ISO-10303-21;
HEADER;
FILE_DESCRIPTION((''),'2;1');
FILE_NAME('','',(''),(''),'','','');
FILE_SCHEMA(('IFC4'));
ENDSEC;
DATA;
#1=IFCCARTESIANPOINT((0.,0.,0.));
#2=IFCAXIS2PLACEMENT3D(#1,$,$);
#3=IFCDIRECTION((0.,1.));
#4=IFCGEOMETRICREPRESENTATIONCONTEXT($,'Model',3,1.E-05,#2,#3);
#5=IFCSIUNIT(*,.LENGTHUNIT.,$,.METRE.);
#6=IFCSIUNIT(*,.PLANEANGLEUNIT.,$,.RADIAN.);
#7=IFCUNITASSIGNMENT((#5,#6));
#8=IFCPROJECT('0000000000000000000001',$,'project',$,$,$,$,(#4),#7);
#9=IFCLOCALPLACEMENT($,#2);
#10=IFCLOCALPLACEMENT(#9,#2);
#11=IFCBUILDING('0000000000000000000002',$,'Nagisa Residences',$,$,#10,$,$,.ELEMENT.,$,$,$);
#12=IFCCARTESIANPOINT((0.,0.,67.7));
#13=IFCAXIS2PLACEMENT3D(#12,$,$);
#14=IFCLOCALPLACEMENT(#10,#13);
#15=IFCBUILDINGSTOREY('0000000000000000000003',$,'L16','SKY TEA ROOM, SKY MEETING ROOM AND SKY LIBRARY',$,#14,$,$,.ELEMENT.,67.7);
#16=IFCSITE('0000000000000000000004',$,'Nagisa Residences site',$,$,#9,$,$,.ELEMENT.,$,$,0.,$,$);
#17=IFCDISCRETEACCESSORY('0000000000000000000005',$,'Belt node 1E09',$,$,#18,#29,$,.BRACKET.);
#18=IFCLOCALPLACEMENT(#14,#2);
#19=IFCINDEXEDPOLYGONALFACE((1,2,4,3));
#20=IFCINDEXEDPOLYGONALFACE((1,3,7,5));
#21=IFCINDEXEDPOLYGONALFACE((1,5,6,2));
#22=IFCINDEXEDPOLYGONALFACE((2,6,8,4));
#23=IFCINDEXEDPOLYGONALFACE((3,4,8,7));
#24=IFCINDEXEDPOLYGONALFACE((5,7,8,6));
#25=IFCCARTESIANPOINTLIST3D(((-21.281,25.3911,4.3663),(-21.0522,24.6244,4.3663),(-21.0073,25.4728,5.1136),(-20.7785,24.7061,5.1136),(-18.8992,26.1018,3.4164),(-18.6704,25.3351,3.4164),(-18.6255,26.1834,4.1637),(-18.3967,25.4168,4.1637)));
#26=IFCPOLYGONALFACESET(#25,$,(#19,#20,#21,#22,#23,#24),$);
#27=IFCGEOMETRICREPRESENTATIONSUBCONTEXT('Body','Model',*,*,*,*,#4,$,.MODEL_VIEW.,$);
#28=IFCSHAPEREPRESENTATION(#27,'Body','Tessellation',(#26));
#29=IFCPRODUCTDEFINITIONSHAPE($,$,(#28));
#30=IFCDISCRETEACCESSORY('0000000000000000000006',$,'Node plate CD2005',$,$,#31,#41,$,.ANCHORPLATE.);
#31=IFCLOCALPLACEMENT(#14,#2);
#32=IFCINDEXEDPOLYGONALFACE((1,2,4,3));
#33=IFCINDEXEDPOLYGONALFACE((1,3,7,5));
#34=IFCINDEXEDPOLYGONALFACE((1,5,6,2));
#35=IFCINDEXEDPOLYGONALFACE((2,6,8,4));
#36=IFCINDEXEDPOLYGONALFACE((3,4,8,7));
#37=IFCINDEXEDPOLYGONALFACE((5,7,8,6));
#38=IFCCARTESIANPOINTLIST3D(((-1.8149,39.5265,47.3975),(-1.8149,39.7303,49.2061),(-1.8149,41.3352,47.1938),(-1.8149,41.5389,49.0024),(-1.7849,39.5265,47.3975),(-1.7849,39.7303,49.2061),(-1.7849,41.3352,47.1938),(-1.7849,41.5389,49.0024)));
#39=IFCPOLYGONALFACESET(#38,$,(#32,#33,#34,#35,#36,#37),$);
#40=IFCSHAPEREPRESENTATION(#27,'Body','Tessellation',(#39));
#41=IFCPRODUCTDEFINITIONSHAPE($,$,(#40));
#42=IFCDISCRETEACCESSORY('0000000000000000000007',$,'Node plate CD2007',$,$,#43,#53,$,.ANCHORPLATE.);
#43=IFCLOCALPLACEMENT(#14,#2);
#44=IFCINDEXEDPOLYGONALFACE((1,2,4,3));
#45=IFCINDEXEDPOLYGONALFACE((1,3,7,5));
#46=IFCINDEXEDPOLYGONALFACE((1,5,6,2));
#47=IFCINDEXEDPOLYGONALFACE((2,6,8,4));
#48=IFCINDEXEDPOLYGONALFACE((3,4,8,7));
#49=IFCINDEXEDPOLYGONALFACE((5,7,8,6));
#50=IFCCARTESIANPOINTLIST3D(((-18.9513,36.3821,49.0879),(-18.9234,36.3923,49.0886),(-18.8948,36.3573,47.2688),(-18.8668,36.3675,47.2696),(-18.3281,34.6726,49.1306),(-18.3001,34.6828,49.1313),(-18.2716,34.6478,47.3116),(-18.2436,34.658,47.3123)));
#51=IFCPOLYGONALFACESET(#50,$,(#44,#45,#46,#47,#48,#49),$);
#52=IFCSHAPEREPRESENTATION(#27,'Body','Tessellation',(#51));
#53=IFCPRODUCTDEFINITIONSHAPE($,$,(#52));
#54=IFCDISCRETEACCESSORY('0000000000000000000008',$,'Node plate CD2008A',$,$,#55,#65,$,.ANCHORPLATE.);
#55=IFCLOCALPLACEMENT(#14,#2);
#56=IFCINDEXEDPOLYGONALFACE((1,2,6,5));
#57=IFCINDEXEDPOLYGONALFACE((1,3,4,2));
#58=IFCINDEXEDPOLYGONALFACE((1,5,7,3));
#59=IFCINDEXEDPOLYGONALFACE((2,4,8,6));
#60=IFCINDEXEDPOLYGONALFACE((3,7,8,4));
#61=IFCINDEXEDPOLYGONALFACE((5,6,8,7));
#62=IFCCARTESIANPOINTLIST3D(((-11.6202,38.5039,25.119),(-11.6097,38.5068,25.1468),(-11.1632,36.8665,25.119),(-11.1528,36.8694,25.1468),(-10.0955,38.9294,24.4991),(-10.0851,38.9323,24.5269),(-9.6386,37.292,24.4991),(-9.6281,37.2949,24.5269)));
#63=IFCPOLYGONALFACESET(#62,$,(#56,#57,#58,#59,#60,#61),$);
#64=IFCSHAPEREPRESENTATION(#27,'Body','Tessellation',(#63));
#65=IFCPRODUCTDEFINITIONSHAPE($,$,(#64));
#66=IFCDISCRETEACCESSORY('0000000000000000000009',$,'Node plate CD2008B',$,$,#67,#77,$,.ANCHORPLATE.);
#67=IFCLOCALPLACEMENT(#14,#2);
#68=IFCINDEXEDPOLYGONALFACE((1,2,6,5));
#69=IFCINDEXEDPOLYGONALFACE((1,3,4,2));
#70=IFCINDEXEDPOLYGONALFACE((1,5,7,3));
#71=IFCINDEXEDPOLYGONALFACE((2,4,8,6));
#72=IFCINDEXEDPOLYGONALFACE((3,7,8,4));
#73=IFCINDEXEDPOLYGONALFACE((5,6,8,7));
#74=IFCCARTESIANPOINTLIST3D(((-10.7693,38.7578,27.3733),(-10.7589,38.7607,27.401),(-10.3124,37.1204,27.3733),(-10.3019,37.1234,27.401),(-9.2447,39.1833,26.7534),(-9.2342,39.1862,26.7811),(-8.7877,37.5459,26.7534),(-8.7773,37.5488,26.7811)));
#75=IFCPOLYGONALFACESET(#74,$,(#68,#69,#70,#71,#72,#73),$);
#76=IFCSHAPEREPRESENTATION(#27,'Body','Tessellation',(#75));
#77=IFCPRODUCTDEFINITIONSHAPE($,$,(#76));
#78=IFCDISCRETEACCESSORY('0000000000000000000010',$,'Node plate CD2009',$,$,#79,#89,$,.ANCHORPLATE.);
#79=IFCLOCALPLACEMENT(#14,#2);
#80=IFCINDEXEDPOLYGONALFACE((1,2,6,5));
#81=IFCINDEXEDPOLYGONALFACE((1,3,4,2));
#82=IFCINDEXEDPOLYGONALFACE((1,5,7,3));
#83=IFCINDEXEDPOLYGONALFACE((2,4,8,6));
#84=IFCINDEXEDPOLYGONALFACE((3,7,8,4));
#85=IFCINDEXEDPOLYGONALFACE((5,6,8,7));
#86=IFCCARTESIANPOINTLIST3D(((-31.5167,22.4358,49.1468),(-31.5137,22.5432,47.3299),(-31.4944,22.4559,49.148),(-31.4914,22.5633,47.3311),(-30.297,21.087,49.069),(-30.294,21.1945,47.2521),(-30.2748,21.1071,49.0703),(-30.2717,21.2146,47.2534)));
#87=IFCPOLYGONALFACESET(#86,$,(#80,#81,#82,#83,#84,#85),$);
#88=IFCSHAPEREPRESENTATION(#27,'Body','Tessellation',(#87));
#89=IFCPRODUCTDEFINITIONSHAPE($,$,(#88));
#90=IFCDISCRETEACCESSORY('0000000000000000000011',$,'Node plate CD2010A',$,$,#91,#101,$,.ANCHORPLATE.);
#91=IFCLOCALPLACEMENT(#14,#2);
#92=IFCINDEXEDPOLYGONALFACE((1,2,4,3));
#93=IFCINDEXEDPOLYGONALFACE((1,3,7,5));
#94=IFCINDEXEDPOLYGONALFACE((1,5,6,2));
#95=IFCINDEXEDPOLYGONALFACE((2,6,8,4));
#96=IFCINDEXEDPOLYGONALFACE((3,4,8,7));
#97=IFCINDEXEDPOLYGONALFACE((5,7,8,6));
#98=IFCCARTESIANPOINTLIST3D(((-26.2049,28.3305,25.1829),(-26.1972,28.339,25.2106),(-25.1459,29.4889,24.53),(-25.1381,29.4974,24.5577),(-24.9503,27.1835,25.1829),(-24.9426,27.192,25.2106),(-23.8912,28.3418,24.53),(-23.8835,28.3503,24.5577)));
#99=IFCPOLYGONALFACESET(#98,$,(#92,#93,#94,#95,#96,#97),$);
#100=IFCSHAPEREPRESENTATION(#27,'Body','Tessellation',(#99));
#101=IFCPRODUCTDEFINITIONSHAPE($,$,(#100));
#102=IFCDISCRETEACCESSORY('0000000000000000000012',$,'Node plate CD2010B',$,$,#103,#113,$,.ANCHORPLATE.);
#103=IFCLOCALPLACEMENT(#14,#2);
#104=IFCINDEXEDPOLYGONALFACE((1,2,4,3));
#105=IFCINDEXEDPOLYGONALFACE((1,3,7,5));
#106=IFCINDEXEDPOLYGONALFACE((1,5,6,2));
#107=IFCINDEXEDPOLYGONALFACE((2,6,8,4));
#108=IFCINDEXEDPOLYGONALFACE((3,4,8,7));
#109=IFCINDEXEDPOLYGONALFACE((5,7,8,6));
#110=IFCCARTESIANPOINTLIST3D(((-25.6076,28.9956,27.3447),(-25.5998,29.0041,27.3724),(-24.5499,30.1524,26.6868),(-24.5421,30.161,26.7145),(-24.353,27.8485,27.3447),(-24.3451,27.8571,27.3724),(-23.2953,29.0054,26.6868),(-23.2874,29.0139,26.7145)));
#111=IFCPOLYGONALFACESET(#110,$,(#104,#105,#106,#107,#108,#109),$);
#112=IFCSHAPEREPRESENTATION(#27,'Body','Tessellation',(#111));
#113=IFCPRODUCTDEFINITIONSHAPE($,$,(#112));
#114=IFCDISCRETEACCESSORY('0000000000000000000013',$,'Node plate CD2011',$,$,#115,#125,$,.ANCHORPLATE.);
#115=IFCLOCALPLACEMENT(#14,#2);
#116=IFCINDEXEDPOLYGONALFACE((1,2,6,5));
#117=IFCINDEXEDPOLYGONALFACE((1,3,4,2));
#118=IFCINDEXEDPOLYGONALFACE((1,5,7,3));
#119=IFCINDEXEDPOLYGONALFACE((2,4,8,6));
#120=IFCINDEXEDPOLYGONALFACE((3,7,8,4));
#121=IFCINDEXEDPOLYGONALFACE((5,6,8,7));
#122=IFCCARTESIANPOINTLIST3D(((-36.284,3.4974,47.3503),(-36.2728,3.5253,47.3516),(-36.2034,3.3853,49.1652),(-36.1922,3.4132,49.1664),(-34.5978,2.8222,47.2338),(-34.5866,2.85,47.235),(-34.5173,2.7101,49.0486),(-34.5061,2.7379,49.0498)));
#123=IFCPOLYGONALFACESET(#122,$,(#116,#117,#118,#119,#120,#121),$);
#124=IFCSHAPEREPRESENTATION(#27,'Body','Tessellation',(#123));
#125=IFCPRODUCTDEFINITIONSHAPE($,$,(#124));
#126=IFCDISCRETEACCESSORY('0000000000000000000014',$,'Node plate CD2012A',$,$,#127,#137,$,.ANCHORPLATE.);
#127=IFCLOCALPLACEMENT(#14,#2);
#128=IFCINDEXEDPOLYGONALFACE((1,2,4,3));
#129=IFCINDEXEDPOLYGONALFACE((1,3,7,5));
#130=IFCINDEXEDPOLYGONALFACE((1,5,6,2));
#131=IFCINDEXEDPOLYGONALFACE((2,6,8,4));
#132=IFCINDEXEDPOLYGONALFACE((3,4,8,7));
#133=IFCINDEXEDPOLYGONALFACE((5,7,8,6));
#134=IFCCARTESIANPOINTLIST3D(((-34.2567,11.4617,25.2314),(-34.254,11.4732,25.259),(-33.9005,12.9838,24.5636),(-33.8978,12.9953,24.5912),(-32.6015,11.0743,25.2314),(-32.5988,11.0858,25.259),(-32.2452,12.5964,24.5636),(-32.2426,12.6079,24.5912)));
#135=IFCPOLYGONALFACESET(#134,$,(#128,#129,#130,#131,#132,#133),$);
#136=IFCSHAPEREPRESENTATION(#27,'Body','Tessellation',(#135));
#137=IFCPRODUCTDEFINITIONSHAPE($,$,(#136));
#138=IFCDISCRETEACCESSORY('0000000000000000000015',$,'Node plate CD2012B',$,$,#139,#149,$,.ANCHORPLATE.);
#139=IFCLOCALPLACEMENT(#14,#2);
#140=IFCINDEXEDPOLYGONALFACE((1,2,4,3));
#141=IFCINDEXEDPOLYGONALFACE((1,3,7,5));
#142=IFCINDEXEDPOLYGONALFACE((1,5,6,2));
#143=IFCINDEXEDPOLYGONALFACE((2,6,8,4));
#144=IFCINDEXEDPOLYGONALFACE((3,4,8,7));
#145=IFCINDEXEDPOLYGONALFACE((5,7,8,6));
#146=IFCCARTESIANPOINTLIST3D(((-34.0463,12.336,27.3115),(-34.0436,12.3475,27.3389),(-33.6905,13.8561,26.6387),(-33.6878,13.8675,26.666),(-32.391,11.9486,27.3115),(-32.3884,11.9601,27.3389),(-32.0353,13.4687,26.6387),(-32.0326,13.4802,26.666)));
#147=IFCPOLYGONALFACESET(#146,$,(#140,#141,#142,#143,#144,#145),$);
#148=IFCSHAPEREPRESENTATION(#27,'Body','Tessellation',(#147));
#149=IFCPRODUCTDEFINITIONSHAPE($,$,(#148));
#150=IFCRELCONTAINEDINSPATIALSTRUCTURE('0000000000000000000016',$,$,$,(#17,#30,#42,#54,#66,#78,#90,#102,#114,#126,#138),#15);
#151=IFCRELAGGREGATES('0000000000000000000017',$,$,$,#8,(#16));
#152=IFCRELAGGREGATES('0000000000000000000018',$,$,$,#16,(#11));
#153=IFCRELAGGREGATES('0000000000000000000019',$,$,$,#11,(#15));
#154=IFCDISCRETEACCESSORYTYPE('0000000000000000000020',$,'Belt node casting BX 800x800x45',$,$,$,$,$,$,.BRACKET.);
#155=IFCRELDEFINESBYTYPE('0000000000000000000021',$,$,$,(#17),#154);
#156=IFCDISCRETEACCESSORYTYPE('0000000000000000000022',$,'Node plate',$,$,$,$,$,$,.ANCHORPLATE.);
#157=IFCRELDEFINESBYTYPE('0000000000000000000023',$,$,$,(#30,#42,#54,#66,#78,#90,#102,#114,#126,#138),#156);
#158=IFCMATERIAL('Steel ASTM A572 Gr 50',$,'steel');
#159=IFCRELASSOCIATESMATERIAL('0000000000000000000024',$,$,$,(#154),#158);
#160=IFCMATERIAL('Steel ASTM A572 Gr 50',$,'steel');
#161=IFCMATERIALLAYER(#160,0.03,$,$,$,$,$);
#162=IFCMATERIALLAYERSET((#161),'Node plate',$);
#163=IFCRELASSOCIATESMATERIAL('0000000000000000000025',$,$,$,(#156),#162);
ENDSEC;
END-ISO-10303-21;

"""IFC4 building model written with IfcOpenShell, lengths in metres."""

from ifc_helpers import new_model, si_unit, direction, frame, origin, origin_2d, place, context, subcontext, project, spatial, rectangle, extrude, material, layer, layer_set, type_object, element, save


model = new_model("IFC4")

# Units and contexts
model_context = context("Model", 3, precision=1e-05, world=origin(), true_north=direction((0.0, 1.0)))
body_context = subcontext(model_context, "Body", "Model", "MODEL_VIEW")
ifc_project = project(units=[si_unit("LENGTHUNIT", "METRE"), si_unit("PLANEANGLEUNIT", "RADIAN")], contexts=[model_context])

# Site, building, storey
site_placement = place(None, origin())
site = spatial("IfcSite", under=ifc_project, at=site_placement, Name="Nagisa Residences site", CompositionType="ELEMENT", RefElevation=0.0)
building_placement = place(site_placement, origin())
building = spatial("IfcBuilding", under=site, at=building_placement, Name="Nagisa Residences", CompositionType="ELEMENT")
storey_placement = place(building_placement, frame((0.0, 0.0, 67.7)))
storey = spatial("IfcBuildingStorey", under=building, at=storey_placement, Name="L16", Description="SKY TEA ROOM, SKY MEETING ROOM AND SKY LIBRARY", CompositionType="ELEMENT", Elevation=67.7)

# Discrete accessories
ifc_material_1 = material(Name="Steel ASTM A572 Gr 50", Category="steel")
discrete_accessory_type_1 = type_object("IfcDiscreteAccessoryType", Name="Belt node casting BX 800x800x45", PredefinedType="BRACKET", material=ifc_material_1)
discrete_accessory_1_placement = place(storey_placement, frame((-18.6479, 25.7593, 3.79), z_axis=(-0.895109, -0.267083, 0.356998), x_axis=(0.285924, -0.958252, 0.0)))
element("IfcDiscreteAccessory", 1, at=discrete_accessory_1_placement, inside=storey, type_object=discrete_accessory_type_1, Name="Belt node 1E09", PredefinedType="BRACKET", context=body_context, shape_type="SweptSolid", body=[
    extrude(rectangle(XDim=0.8, YDim=0.8, at=origin_2d()), origin(), (0.0, 0.0, 1.0), 2.6609),
])
ifc_material_2 = material(Name="Steel ASTM A572 Gr 50", Category="steel")
ifc_layer = layer(ifc_material_2, 0.03)
ifc_layer_set = layer_set([ifc_layer], Name="Node plate")
discrete_accessory_type_2 = type_object("IfcDiscreteAccessoryType", Name="Node plate", PredefinedType="ANCHORPLATE", material=ifc_layer_set)
discrete_accessory_2_placement = place(storey_placement, frame((-1.7849, 40.5327, 48.2), z_axis=(-1.0, 0.0, 0.0), x_axis=(0.0, -0.111936, -0.993715)))
element("IfcDiscreteAccessory", 2, at=discrete_accessory_2_placement, inside=storey, type_object=discrete_accessory_type_2, Name="Node plate CD2005", PredefinedType="ANCHORPLATE", context=body_context, shape_type="SweptSolid", body=[
    extrude(rectangle(XDim=1.8201, YDim=1.8201, at=origin_2d()), origin(), (0.0, 0.0, 1.0), 0.03),
])
discrete_accessory_3_placement = place(storey_placement, frame((-18.5835, 35.5251, 48.2004), z_axis=(-0.939034, -0.342951, -0.024497), x_axis=(0.031057, -0.013649, -0.999424)))
element("IfcDiscreteAccessory", 3, at=discrete_accessory_3_placement, inside=storey, type_object=discrete_accessory_type_2, Name="Node plate CD2007", PredefinedType="ANCHORPLATE", context=body_context, shape_type="SweptSolid", body=[
    extrude(rectangle(XDim=1.8201, YDim=1.8201, at=origin_2d()), origin(), (0.0, 0.0, 1.0), 0.0298),
])
for number, where, z_axis, x_axis, name in (
    (4, (-10.6294, 37.8979, 24.8091), (0.351222, 0.098016, 0.931148), (-0.268799, 0.963196, 0.0), "Node plate CD2008A"),
    (5, (-9.7681, 38.1548, 27.0911), (-0.351222, -0.098016, -0.931148), (0.268799, -0.963196, 0.0), "Node plate CD2008B"),
):
    element("IfcDiscreteAccessory", number, at=place(storey_placement, frame(where, z_axis=z_axis, x_axis=x_axis)), inside=storey, type_object=discrete_accessory_type_2, Name=name, PredefinedType="ANCHORPLATE", context=body_context, shape_type="SweptSolid", body=[
        extrude(rectangle(XDim=1.7, YDim=1.7, at=origin_2d()), origin(), (0.0, 0.0, 1.0), 0.0298),
    ])
discrete_accessory_4_placement = place(storey_placement, frame((-30.8831, 21.8352, 48.2007), z_axis=(-0.74227, -0.668859, -0.040784), x_axis=(0.001657, 0.05903, -0.998255)))
element("IfcDiscreteAccessory", 6, at=discrete_accessory_4_placement, inside=storey, type_object=discrete_accessory_type_2, Name="Node plate CD2009", PredefinedType="ANCHORPLATE", context=body_context, shape_type="SweptSolid", body=[
    extrude(rectangle(XDim=1.8201, YDim=1.8201, at=origin_2d()), origin(), (0.0, 0.0, 1.0), 0.03),
])
for number, where, z_axis, x_axis, name in (
    (7, (-25.0481, 28.3362, 24.8564), (0.259171, 0.283468, 0.923296), (-0.738029, 0.674769, 0.0), "Node plate CD2010A"),
    (8, (-24.4436, 29.009, 27.0435), (-0.261122, -0.285602, -0.922088), (0.738029, -0.674769, 0.0), "Node plate CD2010B"),
):
    element("IfcDiscreteAccessory", number, at=place(storey_placement, frame(where, z_axis=z_axis, x_axis=x_axis)), inside=storey, type_object=discrete_accessory_type_2, Name=name, PredefinedType="ANCHORPLATE", context=body_context, shape_type="SweptSolid", body=[
        extrude(rectangle(XDim=1.7, YDim=1.7, at=origin_2d()), origin(), (0.0, 0.0, 1.0), 0.03),
    ])
discrete_accessory_5_placement = place(storey_placement, frame((-35.4006, 3.1038, 48.1995), z_axis=(0.373885, 0.926584, 0.04064), x_axis=(-0.044268, 0.061596, -0.997119)))
element("IfcDiscreteAccessory", 9, at=discrete_accessory_5_placement, inside=storey, type_object=discrete_accessory_type_2, Name="Node plate CD2011", PredefinedType="ANCHORPLATE", context=body_context, shape_type="SweptSolid", body=[
    extrude(rectangle(XDim=1.8201, YDim=1.8201, at=origin_2d()), origin(), (0.0, 0.0, 1.0), 0.03),
])
discrete_accessory_6_placement = place(storey_placement, frame((-33.251, 12.0291, 24.8975), z_axis=(0.08952, 0.382493, 0.919611), x_axis=(-0.973688, 0.227884, 0.0)))
element("IfcDiscreteAccessory", 10, at=discrete_accessory_6_placement, inside=storey, type_object=discrete_accessory_type_2, Name="Node plate CD2012A", PredefinedType="ANCHORPLATE", context=body_context, shape_type="SweptSolid", body=[
    extrude(rectangle(XDim=1.7, YDim=1.7, at=origin_2d()), origin(), (0.0, 0.0, 1.0), 0.03),
])
discrete_accessory_7_placement = place(storey_placement, frame((-33.0381, 12.9138, 27.0024), z_axis=(-0.090194, -0.385375, -0.918341), x_axis=(0.973688, -0.227884, 0.0)))
element("IfcDiscreteAccessory", 11, at=discrete_accessory_7_placement, inside=storey, type_object=discrete_accessory_type_2, Name="Node plate CD2012B", PredefinedType="ANCHORPLATE", context=body_context, shape_type="SweptSolid", body=[
    extrude(rectangle(XDim=1.7, YDim=1.7, at=origin_2d()), origin(), (0.0, 0.0, 1.0), 0.0298),
])

save(model, "model.ifc")
